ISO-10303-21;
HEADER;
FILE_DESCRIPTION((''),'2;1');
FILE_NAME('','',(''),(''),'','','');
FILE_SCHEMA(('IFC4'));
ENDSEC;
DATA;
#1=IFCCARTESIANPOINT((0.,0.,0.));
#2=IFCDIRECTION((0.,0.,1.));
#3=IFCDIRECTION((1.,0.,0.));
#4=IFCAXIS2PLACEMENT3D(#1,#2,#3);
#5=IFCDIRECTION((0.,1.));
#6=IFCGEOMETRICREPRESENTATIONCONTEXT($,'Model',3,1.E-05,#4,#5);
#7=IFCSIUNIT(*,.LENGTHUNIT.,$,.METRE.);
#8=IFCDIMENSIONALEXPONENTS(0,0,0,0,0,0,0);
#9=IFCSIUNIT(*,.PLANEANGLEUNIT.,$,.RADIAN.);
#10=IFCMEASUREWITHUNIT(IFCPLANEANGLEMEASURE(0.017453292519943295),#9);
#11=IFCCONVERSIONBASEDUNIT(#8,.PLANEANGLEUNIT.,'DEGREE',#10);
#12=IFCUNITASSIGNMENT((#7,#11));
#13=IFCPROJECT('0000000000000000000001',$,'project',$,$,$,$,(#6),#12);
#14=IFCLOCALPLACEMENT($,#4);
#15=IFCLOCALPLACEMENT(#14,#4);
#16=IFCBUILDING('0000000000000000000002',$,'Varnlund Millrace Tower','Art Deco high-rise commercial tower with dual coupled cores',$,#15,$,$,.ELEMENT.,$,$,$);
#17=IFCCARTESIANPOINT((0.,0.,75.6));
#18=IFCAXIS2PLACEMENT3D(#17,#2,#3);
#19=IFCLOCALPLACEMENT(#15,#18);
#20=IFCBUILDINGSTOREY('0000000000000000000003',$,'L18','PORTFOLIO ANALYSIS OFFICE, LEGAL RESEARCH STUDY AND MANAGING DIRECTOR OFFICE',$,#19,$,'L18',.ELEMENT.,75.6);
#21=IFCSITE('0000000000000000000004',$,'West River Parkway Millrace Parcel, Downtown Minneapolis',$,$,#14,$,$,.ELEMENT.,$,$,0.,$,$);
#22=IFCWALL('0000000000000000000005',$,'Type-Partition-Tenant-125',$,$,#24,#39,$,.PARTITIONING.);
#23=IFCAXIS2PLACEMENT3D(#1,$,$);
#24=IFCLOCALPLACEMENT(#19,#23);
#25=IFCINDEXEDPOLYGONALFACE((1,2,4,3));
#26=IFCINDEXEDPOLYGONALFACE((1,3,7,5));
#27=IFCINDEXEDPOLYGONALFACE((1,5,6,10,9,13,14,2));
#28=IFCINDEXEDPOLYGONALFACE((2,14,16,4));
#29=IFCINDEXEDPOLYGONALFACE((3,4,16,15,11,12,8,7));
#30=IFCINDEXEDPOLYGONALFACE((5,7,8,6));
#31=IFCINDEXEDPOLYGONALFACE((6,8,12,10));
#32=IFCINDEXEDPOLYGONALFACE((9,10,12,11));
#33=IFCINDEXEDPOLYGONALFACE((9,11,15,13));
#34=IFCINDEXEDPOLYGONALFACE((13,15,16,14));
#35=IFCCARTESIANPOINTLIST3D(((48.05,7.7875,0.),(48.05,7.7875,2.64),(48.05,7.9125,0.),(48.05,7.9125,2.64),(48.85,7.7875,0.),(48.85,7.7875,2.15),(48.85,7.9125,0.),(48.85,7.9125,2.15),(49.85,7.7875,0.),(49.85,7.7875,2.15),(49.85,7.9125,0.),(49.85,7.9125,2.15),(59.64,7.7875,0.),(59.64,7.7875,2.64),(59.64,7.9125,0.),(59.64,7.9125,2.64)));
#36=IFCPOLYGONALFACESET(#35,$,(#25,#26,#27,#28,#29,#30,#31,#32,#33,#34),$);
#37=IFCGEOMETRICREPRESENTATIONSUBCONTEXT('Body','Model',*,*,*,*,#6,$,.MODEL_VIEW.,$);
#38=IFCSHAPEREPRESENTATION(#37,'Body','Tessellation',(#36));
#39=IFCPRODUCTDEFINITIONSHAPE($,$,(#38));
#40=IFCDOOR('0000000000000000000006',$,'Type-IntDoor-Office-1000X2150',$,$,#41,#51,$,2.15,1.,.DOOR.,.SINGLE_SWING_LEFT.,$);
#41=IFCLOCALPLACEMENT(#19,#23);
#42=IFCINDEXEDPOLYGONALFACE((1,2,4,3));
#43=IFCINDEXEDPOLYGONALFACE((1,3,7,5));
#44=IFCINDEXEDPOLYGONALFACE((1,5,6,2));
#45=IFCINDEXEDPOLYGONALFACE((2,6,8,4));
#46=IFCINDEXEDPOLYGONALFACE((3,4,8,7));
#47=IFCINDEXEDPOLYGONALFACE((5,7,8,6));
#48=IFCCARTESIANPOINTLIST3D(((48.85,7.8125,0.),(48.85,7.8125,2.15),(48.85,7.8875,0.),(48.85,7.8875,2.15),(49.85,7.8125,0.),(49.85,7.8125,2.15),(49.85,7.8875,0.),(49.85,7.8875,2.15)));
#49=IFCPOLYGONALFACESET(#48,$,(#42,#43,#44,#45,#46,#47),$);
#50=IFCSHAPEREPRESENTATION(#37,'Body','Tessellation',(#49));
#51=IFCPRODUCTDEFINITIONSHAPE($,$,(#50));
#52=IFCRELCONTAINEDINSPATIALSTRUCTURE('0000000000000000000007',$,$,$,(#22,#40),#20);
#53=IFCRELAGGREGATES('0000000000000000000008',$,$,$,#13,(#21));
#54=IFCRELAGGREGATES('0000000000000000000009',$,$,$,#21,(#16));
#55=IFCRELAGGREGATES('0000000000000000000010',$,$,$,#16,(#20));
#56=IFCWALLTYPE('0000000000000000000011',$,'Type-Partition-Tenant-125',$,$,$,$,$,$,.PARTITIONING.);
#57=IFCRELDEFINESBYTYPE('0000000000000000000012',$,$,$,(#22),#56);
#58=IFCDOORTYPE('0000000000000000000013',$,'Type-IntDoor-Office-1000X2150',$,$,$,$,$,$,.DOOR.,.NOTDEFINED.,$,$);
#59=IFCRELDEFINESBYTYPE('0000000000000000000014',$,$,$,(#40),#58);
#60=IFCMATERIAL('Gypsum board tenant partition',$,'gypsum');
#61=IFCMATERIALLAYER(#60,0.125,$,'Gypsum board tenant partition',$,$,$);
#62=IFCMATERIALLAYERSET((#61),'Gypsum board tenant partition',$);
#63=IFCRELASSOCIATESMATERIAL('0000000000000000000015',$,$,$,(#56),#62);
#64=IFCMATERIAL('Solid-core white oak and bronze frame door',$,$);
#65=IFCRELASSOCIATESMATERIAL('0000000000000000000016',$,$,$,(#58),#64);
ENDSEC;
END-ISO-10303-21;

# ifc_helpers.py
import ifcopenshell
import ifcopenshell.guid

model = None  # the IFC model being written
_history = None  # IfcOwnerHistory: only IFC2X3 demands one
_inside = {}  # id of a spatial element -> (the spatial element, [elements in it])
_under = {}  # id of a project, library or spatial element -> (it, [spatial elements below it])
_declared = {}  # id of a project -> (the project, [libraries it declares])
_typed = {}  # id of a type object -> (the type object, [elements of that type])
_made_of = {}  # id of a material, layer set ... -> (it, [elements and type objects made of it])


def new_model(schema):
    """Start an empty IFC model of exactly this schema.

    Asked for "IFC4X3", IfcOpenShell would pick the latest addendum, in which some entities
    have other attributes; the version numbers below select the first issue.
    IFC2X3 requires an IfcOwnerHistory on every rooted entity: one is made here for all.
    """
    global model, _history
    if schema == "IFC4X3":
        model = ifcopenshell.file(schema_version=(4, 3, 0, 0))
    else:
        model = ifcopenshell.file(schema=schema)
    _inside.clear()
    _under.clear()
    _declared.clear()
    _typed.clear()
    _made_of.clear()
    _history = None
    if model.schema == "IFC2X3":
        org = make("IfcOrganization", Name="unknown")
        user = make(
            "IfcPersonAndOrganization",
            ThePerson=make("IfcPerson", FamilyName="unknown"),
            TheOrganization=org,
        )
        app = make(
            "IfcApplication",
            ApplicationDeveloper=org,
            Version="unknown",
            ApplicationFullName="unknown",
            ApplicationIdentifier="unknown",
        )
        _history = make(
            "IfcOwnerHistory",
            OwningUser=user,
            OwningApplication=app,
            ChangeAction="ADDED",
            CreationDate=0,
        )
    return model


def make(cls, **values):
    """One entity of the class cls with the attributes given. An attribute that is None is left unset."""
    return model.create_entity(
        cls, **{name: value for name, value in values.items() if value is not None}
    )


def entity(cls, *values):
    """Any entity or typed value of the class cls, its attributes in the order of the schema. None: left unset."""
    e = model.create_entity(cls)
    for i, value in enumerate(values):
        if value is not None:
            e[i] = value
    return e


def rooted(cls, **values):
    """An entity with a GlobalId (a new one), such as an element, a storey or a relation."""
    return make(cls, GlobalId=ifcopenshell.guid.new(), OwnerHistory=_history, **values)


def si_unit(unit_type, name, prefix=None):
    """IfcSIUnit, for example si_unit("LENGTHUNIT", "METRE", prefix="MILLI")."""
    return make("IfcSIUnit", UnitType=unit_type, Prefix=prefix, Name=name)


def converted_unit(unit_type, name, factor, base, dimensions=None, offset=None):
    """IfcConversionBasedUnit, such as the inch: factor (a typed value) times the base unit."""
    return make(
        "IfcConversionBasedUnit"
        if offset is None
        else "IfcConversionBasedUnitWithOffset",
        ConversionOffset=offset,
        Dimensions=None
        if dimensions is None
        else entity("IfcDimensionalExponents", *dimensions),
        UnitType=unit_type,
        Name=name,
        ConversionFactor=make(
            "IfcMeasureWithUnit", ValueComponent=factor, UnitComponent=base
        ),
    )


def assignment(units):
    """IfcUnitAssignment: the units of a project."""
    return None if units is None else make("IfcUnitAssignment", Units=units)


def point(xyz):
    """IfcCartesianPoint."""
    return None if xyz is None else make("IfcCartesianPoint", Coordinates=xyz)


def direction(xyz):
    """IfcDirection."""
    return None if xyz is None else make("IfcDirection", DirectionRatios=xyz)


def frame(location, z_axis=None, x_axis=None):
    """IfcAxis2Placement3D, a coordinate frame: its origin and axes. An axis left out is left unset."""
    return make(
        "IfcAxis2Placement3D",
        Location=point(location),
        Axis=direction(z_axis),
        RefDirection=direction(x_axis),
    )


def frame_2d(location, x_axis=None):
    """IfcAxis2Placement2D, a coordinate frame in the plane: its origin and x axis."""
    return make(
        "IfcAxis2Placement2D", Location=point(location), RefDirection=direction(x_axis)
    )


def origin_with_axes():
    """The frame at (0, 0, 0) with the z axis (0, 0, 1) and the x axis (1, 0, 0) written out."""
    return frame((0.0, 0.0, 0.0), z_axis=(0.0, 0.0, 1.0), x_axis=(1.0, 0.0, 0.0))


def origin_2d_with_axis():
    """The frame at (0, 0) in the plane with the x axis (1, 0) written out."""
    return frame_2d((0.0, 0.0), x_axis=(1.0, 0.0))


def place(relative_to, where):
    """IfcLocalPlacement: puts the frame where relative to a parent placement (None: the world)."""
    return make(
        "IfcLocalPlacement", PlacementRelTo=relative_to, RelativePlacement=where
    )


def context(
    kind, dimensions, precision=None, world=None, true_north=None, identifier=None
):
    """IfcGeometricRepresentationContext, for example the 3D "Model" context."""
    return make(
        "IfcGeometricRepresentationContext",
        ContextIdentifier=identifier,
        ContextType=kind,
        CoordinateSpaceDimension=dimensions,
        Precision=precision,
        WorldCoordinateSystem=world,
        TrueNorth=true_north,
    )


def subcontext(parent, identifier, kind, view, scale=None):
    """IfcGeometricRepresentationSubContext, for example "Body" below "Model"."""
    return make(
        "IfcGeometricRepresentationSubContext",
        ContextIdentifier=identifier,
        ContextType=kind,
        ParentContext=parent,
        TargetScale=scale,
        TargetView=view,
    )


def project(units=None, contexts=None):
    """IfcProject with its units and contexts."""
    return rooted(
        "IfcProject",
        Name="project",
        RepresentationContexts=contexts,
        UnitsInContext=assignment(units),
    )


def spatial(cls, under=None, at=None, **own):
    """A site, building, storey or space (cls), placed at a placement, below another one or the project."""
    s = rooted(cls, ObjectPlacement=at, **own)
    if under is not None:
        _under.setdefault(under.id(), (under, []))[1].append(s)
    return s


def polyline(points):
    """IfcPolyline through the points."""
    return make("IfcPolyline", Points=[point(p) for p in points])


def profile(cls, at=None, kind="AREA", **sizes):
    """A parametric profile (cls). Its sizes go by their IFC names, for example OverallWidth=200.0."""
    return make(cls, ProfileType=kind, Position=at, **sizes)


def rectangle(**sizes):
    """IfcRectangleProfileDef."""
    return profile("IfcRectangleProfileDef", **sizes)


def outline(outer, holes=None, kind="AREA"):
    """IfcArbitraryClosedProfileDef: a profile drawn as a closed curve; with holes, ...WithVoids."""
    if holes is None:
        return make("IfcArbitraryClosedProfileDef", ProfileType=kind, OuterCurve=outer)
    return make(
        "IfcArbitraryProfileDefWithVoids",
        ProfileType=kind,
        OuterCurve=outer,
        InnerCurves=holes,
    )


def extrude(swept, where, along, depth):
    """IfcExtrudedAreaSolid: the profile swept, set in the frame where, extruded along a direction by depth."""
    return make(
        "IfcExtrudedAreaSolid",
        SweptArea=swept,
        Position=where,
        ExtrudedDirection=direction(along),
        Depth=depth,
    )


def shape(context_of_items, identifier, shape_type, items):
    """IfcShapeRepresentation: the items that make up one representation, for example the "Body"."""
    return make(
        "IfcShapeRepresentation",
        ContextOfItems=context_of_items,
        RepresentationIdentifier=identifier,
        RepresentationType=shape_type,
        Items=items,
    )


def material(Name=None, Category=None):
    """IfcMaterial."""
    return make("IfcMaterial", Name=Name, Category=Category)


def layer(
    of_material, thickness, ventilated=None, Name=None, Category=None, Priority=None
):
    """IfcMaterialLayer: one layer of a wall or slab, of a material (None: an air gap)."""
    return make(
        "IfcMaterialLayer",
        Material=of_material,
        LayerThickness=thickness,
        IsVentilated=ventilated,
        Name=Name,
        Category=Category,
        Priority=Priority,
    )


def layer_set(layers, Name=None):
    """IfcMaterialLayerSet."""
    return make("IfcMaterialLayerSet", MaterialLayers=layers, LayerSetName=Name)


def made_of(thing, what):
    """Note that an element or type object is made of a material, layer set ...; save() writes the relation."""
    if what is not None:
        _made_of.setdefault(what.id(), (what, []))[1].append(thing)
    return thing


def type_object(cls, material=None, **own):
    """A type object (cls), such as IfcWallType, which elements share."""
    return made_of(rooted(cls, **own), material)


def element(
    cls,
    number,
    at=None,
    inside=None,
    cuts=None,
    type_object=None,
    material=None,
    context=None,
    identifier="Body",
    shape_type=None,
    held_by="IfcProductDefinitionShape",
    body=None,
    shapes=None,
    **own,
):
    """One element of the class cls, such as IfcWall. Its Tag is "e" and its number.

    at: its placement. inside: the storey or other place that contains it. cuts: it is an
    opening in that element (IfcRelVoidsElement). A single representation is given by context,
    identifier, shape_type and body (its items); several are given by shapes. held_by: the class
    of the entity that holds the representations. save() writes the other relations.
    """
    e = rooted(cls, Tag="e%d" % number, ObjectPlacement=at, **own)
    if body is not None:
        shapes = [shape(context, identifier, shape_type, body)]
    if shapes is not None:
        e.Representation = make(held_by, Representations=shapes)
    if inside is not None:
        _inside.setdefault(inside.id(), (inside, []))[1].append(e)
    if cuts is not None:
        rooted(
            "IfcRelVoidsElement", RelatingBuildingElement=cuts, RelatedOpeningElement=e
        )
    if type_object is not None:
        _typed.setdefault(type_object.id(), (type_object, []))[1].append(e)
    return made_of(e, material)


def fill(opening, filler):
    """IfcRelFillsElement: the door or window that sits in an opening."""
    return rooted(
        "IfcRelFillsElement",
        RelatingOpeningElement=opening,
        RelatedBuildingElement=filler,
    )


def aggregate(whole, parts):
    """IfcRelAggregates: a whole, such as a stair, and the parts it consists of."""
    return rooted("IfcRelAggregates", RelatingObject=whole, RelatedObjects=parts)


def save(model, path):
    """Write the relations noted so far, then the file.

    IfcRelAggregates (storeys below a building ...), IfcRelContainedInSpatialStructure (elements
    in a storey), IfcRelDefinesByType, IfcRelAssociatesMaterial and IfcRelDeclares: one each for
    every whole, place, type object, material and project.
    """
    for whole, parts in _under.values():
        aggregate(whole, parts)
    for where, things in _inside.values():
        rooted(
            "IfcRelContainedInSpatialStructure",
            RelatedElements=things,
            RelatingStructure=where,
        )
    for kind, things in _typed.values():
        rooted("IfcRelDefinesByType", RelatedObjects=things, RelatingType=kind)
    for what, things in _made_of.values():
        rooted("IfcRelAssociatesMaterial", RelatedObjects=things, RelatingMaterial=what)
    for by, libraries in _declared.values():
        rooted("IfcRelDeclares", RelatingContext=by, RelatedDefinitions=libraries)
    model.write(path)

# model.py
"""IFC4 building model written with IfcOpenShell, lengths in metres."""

from ifc_helpers import new_model, entity, si_unit, converted_unit, direction, frame, origin_with_axes, origin_2d_with_axis, place, context, subcontext, project, spatial, polyline, rectangle, outline, extrude, material, layer, layer_set, type_object, element, fill, save


model = new_model("IFC4")

# Units and contexts
model_context = context("Model", 3, precision=1e-05, world=origin_with_axes(), true_north=direction((0.0, 1.0)))
body_context = subcontext(model_context, "Body", "Model", "MODEL_VIEW")
ifc_project = project(units=[si_unit("LENGTHUNIT", "METRE"), converted_unit("PLANEANGLEUNIT", "DEGREE", entity("IfcPlaneAngleMeasure", 0.017453292519943295), si_unit("PLANEANGLEUNIT", "RADIAN"), dimensions=[0, 0, 0, 0, 0, 0, 0])], contexts=[model_context])

# Site, building, storey
site_placement = place(None, origin_with_axes())
site = spatial("IfcSite", under=ifc_project, at=site_placement, Name="West River Parkway Millrace Parcel, Downtown Minneapolis", CompositionType="ELEMENT", RefElevation=0.0)
building_placement = place(site_placement, origin_with_axes())
building = spatial("IfcBuilding", under=site, at=building_placement, Name="Varnlund Millrace Tower", Description="Art Deco high-rise commercial tower with dual coupled cores", CompositionType="ELEMENT")
storey_placement = place(building_placement, frame((0.0, 0.0, 75.6), z_axis=(0.0, 0.0, 1.0), x_axis=(1.0, 0.0, 0.0)))
storey = spatial("IfcBuildingStorey", under=building, at=storey_placement, Name="L18", Description="PORTFOLIO ANALYSIS OFFICE, LEGAL RESEARCH STUDY AND MANAGING DIRECTOR OFFICE", LongName="L18", CompositionType="ELEMENT", Elevation=75.6)

# Wall, opening, door
ifc_material_1 = material(Name="Gypsum board tenant partition", Category="gypsum")
ifc_layer_1 = layer(ifc_material_1, 0.125, Name="Gypsum board tenant partition")
ifc_layer_set_1 = layer_set([ifc_layer_1], Name="Gypsum board tenant partition")
wall_type_1 = type_object("IfcWallType", Name="Type-Partition-Tenant-125", PredefinedType="PARTITIONING", material=ifc_layer_set_1)
wall_1_placement = place(storey_placement, frame((59.64, 7.85, 0.0), z_axis=(0.0, 0.0, 1.0), x_axis=(-1.0, 0.0, 0.0)))
wall_1 = element("IfcWall", 1, at=wall_1_placement, inside=storey, type_object=wall_type_1, Name="Type-Partition-Tenant-125", PredefinedType="PARTITIONING", context=body_context, shape_type="SweptSolid", body=[
    extrude(outline(polyline([(0.0, -0.0625), (11.59, -0.0625), (11.59, 0.0625), (0.0, 0.0625), (0.0, -0.0625)])), origin_with_axes(), (0.0, 0.0, 1.0), 2.64),
])
opening_1_placement = place(wall_1_placement, frame((10.29, 0.0, 0.0), z_axis=(0.0, 0.0, 1.0), x_axis=(1.0, 0.0, 0.0)))
opening_1 = element("IfcOpeningElement", 2, at=opening_1_placement, cuts=wall_1, PredefinedType="OPENING", context=body_context, shape_type="SweptSolid", body=[
    extrude(rectangle(XDim=1.0, YDim=0.145, at=origin_2d_with_axis()), origin_with_axes(), (0.0, 0.0, 1.0), 2.15),
])
ifc_material_2 = material(Name="Solid-core white oak and bronze frame door")
door_type_1 = type_object("IfcDoorType", Name="Type-IntDoor-Office-1000X2150", OperationType="NOTDEFINED", PredefinedType="DOOR", material=ifc_material_2)
door_1_placement = place(wall_1_placement, frame((10.29, 0.0, 0.0), z_axis=(0.0, 0.0, 1.0), x_axis=(1.0, 0.0, 0.0)))
door_1 = element("IfcDoor", 3, at=door_1_placement, inside=storey, type_object=door_type_1, Name="Type-IntDoor-Office-1000X2150", OperationType="SINGLE_SWING_LEFT", OverallHeight=2.15, OverallWidth=1.0, PredefinedType="DOOR", context=body_context, shape_type="SweptSolid", body=[
    extrude(rectangle(XDim=1.0, YDim=0.075, at=origin_2d_with_axis()), origin_with_axes(), (0.0, 0.0, 1.0), 2.15),
])
fill(opening_1, door_1)

save(model, "model.ifc")
